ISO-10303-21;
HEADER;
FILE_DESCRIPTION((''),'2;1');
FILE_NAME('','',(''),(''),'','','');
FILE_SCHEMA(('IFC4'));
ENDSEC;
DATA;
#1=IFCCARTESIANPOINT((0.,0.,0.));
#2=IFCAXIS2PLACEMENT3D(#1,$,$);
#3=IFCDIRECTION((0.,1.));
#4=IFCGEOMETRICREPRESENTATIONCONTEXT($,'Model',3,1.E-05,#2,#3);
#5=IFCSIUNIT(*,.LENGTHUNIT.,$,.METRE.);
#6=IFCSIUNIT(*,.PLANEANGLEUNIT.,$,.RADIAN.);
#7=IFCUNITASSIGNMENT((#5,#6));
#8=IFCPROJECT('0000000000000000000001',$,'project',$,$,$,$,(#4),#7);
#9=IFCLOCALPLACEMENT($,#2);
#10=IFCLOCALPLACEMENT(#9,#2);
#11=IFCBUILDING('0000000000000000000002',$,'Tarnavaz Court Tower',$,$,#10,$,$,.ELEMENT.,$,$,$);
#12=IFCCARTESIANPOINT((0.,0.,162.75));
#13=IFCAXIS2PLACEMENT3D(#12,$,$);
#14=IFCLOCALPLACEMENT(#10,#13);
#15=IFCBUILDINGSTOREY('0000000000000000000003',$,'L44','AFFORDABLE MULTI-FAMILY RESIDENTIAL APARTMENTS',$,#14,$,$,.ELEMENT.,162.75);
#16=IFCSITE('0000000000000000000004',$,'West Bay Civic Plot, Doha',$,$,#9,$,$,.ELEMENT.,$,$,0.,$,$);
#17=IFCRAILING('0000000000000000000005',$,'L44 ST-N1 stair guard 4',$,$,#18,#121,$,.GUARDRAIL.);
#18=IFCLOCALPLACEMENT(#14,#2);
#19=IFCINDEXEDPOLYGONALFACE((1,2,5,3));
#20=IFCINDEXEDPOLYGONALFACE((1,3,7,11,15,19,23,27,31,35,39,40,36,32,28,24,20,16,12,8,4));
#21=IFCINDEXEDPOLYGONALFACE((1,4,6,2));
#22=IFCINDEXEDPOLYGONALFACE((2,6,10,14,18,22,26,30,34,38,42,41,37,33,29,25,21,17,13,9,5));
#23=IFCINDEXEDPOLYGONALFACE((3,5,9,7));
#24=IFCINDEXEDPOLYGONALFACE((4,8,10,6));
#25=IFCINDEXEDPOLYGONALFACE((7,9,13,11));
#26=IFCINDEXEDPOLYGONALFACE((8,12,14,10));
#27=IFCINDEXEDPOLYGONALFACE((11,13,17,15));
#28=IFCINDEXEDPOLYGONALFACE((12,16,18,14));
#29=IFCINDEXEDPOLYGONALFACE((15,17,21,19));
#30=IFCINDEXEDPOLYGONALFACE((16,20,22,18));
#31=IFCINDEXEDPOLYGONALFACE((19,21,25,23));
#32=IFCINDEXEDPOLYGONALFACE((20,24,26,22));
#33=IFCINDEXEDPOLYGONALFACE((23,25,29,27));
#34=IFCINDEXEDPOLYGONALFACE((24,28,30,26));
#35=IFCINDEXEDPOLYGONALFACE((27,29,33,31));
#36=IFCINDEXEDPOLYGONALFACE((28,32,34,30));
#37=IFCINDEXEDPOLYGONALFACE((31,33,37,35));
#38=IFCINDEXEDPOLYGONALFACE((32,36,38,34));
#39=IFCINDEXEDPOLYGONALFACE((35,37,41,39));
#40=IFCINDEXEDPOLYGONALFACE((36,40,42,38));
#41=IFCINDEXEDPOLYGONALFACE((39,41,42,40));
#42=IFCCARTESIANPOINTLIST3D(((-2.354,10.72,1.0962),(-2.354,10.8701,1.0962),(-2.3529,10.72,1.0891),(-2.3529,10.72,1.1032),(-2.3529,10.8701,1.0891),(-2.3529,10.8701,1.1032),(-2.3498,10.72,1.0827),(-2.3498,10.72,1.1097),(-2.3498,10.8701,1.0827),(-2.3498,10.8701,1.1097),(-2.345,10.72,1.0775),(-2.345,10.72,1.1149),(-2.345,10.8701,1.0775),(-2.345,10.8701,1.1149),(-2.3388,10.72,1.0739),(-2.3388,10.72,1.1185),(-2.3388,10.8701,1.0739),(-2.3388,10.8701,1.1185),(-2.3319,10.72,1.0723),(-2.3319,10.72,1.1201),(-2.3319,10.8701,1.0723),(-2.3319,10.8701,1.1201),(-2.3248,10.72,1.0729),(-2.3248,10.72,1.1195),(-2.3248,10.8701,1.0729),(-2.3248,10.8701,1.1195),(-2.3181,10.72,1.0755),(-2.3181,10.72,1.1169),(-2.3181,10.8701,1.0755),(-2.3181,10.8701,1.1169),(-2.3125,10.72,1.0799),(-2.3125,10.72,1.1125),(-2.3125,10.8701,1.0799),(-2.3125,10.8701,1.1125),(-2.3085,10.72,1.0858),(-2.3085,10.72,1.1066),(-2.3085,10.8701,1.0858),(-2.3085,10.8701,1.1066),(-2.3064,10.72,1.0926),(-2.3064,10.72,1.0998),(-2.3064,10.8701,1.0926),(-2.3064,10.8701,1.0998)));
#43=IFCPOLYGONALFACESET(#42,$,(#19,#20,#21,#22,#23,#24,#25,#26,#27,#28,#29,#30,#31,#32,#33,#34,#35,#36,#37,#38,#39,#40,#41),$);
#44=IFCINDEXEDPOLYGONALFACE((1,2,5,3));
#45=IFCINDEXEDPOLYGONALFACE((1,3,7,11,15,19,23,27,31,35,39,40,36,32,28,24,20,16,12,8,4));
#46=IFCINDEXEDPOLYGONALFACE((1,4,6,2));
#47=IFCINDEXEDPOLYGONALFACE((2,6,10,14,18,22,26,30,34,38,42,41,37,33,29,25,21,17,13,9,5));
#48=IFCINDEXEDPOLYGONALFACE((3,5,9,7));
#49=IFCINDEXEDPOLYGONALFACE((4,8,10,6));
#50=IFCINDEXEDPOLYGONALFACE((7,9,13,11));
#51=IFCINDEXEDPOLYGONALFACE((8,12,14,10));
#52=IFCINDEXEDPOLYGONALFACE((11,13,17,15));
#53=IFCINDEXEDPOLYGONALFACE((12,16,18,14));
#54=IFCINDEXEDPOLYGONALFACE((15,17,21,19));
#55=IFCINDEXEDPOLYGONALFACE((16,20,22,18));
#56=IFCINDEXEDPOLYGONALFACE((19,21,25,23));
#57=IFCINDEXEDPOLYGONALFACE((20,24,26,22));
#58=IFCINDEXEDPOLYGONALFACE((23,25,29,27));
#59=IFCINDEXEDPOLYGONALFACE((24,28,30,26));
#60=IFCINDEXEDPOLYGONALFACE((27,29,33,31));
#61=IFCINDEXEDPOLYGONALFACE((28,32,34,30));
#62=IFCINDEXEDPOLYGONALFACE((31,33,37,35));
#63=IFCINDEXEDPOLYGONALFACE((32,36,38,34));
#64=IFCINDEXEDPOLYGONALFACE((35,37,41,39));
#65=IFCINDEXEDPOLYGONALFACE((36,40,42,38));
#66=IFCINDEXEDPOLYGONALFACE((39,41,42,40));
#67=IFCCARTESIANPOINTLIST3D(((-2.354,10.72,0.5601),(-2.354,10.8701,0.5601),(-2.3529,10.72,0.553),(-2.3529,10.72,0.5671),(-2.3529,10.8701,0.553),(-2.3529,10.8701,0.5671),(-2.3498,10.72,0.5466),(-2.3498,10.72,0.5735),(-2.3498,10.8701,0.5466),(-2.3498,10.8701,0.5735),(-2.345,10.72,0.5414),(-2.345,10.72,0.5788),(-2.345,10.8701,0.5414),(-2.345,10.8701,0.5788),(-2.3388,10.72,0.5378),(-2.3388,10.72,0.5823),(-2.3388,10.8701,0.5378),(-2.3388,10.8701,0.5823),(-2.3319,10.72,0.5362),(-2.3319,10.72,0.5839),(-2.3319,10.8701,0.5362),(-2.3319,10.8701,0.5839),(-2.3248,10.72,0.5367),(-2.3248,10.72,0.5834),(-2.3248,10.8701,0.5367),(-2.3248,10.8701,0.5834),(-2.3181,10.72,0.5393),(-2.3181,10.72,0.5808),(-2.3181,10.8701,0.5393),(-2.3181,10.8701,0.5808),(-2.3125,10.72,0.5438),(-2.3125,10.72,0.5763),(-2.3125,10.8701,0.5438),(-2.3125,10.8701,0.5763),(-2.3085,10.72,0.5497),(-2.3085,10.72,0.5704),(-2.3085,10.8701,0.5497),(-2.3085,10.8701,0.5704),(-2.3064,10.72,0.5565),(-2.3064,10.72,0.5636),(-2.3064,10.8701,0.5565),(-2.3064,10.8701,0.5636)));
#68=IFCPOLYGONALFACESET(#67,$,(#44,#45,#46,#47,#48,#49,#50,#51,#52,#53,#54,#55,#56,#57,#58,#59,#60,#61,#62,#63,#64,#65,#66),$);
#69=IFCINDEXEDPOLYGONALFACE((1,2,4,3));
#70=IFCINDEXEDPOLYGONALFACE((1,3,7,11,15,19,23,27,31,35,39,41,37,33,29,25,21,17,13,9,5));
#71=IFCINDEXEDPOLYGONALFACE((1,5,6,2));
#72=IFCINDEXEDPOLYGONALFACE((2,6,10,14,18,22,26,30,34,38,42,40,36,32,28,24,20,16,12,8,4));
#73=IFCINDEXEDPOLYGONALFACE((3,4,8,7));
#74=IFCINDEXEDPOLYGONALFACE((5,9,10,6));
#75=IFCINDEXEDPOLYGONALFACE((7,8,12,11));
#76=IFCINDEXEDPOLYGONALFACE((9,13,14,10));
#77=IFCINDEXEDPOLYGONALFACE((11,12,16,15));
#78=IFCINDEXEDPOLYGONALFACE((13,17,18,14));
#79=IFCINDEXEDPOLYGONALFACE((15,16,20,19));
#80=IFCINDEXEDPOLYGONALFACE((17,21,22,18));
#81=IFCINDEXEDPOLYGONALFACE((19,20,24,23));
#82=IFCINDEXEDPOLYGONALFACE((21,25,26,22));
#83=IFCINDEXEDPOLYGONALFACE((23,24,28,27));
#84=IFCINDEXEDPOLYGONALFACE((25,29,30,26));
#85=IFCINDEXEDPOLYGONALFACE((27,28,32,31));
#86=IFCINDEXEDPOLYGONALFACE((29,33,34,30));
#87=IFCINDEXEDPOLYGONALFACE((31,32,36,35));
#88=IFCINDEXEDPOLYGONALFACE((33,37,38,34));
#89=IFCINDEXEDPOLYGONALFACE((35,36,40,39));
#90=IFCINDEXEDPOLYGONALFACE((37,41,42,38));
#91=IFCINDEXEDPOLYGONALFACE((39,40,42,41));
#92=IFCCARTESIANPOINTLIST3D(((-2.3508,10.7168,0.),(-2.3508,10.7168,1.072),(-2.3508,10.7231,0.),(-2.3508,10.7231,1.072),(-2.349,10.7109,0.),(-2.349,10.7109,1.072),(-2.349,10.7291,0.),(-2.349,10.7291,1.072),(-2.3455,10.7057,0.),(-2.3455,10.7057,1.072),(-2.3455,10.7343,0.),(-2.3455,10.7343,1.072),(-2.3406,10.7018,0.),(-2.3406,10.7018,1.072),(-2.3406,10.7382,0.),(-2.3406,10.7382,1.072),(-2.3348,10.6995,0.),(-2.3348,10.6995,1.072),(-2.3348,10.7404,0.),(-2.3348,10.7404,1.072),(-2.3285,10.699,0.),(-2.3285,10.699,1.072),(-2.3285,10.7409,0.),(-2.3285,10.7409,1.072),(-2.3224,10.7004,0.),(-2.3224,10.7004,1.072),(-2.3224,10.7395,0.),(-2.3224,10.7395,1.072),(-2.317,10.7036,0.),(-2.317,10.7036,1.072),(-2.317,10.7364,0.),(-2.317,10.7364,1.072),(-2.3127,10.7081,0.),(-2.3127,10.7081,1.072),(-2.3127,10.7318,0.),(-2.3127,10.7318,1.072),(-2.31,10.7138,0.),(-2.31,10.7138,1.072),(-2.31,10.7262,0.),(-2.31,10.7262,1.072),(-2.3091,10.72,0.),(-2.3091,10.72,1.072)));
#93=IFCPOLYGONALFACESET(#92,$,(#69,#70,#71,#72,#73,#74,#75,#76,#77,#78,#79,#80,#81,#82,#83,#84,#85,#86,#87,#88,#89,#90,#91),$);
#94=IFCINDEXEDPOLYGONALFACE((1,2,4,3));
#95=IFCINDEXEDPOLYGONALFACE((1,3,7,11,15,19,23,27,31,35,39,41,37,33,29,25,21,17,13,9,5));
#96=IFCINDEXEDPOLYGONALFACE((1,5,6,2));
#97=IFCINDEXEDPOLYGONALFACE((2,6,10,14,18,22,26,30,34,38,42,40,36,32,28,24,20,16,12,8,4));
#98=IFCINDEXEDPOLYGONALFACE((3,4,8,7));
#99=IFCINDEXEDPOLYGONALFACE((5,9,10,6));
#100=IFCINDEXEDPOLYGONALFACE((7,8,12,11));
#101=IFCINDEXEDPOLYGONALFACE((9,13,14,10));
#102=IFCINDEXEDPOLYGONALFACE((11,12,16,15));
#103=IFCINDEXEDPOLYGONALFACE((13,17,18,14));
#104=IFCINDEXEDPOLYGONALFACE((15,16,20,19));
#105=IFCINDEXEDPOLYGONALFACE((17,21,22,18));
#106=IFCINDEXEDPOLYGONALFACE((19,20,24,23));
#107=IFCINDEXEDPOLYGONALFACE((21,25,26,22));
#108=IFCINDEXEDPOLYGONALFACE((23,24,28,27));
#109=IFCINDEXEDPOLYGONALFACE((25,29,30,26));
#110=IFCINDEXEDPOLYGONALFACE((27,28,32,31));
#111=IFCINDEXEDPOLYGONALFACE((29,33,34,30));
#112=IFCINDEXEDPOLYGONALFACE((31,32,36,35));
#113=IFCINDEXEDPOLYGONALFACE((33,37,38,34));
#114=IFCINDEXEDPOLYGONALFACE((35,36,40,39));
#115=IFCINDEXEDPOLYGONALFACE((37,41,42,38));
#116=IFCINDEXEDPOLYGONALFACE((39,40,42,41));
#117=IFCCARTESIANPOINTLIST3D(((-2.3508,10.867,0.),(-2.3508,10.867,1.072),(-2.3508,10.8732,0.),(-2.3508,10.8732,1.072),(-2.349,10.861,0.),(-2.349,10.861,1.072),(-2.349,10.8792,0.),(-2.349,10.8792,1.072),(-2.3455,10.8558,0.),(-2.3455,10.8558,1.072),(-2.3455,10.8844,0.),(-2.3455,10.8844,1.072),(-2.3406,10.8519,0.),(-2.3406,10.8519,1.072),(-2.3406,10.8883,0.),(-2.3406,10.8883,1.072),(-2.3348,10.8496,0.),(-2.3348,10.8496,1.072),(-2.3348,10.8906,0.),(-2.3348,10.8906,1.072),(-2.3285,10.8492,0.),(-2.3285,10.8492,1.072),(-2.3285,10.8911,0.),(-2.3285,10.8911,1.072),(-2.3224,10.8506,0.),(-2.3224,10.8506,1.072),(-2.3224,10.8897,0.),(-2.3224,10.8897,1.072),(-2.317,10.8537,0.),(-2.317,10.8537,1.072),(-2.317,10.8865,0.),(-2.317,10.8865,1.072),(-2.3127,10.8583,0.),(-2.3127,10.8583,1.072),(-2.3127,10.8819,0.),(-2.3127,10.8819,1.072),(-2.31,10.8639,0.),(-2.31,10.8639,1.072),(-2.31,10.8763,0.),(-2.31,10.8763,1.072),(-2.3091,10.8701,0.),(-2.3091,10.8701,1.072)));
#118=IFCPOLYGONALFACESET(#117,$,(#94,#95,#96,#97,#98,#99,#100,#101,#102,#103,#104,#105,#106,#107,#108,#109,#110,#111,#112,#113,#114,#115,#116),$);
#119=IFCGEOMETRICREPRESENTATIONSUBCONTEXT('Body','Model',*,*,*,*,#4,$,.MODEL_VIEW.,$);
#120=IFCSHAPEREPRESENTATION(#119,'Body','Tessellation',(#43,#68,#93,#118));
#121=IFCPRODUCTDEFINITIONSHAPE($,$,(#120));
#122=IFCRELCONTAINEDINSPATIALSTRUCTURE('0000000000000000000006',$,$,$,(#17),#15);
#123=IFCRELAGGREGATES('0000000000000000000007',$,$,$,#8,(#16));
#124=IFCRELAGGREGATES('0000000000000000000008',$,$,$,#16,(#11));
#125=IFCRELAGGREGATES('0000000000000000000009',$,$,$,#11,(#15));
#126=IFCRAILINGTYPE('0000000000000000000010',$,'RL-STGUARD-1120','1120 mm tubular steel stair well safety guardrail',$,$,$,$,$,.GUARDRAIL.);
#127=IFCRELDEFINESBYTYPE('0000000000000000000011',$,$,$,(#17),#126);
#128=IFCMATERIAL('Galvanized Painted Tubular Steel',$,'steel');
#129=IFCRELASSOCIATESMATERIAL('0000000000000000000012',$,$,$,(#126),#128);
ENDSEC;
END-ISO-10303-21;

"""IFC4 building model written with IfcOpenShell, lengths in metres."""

from ifc_helpers import new_model, si_unit, direction, frame, origin, origin_2d, place, context, subcontext, project, spatial, circle, extrude, material, type_object, element, save


model = new_model("IFC4")

# Units and contexts
model_context = context("Model", 3, precision=1e-05, world=origin(), true_north=direction((0.0, 1.0)))
body_context = subcontext(model_context, "Body", "Model", "MODEL_VIEW")
ifc_project = project(units=[si_unit("LENGTHUNIT", "METRE"), si_unit("PLANEANGLEUNIT", "RADIAN")], contexts=[model_context])

# Site, building, storey
site_placement = place(None, origin())
site = spatial("IfcSite", under=ifc_project, at=site_placement, Name="West Bay Civic Plot, Doha", CompositionType="ELEMENT", RefElevation=0.0)
building_placement = place(site_placement, origin())
building = spatial("IfcBuilding", under=site, at=building_placement, Name="Tarnavaz Court Tower", CompositionType="ELEMENT")
storey_placement = place(building_placement, frame((0.0, 0.0, 162.75)))
storey = spatial("IfcBuildingStorey", under=building, at=storey_placement, Name="L44", Description="AFFORDABLE MULTI-FAMILY RESIDENTIAL APARTMENTS", CompositionType="ELEMENT", Elevation=162.75)

# Railing
ifc_material_1 = material(Name="Galvanized Painted Tubular Steel", Category="steel")
railing_type_1 = type_object("IfcRailingType", Name="RL-STGUARD-1120", Description="1120 mm tubular steel stair well safety guardrail", PredefinedType="GUARDRAIL", material=ifc_material_1)
railing_1_placement = place(storey_placement, frame((-2.3301, 10.72, 0.0)))
element("IfcRailing", 1, at=railing_1_placement, inside=storey, type_object=railing_type_1, Name="L44 ST-N1 stair guard 4", PredefinedType="GUARDRAIL", context=body_context, shape_type="SweptSolid", body=[
    extrude(circle(Radius=0.0239, at=origin_2d()), frame((0.0, 0.0, 1.0962), z_axis=(0.0, 1.0, 0.0), x_axis=(-1.0, 0.0, 0.0)), (0.0, 0.0, 1.0), 0.1501),
    extrude(circle(Radius=0.0239, at=origin_2d()), frame((0.0, 0.0, 0.5601), z_axis=(0.0, 1.0, 0.0), x_axis=(-1.0, 0.0, 0.0)), (0.0, 0.0, 1.0), 0.1501),
    extrude(circle(Radius=0.021, at=origin_2d()), origin(), (0.0, 0.0, 1.0), 1.072),
    extrude(circle(Radius=0.021, at=origin_2d()), frame((0.0, 0.1501, 0.0)), (0.0, 0.0, 1.0), 1.072),
])

save(model, "model.ifc")
